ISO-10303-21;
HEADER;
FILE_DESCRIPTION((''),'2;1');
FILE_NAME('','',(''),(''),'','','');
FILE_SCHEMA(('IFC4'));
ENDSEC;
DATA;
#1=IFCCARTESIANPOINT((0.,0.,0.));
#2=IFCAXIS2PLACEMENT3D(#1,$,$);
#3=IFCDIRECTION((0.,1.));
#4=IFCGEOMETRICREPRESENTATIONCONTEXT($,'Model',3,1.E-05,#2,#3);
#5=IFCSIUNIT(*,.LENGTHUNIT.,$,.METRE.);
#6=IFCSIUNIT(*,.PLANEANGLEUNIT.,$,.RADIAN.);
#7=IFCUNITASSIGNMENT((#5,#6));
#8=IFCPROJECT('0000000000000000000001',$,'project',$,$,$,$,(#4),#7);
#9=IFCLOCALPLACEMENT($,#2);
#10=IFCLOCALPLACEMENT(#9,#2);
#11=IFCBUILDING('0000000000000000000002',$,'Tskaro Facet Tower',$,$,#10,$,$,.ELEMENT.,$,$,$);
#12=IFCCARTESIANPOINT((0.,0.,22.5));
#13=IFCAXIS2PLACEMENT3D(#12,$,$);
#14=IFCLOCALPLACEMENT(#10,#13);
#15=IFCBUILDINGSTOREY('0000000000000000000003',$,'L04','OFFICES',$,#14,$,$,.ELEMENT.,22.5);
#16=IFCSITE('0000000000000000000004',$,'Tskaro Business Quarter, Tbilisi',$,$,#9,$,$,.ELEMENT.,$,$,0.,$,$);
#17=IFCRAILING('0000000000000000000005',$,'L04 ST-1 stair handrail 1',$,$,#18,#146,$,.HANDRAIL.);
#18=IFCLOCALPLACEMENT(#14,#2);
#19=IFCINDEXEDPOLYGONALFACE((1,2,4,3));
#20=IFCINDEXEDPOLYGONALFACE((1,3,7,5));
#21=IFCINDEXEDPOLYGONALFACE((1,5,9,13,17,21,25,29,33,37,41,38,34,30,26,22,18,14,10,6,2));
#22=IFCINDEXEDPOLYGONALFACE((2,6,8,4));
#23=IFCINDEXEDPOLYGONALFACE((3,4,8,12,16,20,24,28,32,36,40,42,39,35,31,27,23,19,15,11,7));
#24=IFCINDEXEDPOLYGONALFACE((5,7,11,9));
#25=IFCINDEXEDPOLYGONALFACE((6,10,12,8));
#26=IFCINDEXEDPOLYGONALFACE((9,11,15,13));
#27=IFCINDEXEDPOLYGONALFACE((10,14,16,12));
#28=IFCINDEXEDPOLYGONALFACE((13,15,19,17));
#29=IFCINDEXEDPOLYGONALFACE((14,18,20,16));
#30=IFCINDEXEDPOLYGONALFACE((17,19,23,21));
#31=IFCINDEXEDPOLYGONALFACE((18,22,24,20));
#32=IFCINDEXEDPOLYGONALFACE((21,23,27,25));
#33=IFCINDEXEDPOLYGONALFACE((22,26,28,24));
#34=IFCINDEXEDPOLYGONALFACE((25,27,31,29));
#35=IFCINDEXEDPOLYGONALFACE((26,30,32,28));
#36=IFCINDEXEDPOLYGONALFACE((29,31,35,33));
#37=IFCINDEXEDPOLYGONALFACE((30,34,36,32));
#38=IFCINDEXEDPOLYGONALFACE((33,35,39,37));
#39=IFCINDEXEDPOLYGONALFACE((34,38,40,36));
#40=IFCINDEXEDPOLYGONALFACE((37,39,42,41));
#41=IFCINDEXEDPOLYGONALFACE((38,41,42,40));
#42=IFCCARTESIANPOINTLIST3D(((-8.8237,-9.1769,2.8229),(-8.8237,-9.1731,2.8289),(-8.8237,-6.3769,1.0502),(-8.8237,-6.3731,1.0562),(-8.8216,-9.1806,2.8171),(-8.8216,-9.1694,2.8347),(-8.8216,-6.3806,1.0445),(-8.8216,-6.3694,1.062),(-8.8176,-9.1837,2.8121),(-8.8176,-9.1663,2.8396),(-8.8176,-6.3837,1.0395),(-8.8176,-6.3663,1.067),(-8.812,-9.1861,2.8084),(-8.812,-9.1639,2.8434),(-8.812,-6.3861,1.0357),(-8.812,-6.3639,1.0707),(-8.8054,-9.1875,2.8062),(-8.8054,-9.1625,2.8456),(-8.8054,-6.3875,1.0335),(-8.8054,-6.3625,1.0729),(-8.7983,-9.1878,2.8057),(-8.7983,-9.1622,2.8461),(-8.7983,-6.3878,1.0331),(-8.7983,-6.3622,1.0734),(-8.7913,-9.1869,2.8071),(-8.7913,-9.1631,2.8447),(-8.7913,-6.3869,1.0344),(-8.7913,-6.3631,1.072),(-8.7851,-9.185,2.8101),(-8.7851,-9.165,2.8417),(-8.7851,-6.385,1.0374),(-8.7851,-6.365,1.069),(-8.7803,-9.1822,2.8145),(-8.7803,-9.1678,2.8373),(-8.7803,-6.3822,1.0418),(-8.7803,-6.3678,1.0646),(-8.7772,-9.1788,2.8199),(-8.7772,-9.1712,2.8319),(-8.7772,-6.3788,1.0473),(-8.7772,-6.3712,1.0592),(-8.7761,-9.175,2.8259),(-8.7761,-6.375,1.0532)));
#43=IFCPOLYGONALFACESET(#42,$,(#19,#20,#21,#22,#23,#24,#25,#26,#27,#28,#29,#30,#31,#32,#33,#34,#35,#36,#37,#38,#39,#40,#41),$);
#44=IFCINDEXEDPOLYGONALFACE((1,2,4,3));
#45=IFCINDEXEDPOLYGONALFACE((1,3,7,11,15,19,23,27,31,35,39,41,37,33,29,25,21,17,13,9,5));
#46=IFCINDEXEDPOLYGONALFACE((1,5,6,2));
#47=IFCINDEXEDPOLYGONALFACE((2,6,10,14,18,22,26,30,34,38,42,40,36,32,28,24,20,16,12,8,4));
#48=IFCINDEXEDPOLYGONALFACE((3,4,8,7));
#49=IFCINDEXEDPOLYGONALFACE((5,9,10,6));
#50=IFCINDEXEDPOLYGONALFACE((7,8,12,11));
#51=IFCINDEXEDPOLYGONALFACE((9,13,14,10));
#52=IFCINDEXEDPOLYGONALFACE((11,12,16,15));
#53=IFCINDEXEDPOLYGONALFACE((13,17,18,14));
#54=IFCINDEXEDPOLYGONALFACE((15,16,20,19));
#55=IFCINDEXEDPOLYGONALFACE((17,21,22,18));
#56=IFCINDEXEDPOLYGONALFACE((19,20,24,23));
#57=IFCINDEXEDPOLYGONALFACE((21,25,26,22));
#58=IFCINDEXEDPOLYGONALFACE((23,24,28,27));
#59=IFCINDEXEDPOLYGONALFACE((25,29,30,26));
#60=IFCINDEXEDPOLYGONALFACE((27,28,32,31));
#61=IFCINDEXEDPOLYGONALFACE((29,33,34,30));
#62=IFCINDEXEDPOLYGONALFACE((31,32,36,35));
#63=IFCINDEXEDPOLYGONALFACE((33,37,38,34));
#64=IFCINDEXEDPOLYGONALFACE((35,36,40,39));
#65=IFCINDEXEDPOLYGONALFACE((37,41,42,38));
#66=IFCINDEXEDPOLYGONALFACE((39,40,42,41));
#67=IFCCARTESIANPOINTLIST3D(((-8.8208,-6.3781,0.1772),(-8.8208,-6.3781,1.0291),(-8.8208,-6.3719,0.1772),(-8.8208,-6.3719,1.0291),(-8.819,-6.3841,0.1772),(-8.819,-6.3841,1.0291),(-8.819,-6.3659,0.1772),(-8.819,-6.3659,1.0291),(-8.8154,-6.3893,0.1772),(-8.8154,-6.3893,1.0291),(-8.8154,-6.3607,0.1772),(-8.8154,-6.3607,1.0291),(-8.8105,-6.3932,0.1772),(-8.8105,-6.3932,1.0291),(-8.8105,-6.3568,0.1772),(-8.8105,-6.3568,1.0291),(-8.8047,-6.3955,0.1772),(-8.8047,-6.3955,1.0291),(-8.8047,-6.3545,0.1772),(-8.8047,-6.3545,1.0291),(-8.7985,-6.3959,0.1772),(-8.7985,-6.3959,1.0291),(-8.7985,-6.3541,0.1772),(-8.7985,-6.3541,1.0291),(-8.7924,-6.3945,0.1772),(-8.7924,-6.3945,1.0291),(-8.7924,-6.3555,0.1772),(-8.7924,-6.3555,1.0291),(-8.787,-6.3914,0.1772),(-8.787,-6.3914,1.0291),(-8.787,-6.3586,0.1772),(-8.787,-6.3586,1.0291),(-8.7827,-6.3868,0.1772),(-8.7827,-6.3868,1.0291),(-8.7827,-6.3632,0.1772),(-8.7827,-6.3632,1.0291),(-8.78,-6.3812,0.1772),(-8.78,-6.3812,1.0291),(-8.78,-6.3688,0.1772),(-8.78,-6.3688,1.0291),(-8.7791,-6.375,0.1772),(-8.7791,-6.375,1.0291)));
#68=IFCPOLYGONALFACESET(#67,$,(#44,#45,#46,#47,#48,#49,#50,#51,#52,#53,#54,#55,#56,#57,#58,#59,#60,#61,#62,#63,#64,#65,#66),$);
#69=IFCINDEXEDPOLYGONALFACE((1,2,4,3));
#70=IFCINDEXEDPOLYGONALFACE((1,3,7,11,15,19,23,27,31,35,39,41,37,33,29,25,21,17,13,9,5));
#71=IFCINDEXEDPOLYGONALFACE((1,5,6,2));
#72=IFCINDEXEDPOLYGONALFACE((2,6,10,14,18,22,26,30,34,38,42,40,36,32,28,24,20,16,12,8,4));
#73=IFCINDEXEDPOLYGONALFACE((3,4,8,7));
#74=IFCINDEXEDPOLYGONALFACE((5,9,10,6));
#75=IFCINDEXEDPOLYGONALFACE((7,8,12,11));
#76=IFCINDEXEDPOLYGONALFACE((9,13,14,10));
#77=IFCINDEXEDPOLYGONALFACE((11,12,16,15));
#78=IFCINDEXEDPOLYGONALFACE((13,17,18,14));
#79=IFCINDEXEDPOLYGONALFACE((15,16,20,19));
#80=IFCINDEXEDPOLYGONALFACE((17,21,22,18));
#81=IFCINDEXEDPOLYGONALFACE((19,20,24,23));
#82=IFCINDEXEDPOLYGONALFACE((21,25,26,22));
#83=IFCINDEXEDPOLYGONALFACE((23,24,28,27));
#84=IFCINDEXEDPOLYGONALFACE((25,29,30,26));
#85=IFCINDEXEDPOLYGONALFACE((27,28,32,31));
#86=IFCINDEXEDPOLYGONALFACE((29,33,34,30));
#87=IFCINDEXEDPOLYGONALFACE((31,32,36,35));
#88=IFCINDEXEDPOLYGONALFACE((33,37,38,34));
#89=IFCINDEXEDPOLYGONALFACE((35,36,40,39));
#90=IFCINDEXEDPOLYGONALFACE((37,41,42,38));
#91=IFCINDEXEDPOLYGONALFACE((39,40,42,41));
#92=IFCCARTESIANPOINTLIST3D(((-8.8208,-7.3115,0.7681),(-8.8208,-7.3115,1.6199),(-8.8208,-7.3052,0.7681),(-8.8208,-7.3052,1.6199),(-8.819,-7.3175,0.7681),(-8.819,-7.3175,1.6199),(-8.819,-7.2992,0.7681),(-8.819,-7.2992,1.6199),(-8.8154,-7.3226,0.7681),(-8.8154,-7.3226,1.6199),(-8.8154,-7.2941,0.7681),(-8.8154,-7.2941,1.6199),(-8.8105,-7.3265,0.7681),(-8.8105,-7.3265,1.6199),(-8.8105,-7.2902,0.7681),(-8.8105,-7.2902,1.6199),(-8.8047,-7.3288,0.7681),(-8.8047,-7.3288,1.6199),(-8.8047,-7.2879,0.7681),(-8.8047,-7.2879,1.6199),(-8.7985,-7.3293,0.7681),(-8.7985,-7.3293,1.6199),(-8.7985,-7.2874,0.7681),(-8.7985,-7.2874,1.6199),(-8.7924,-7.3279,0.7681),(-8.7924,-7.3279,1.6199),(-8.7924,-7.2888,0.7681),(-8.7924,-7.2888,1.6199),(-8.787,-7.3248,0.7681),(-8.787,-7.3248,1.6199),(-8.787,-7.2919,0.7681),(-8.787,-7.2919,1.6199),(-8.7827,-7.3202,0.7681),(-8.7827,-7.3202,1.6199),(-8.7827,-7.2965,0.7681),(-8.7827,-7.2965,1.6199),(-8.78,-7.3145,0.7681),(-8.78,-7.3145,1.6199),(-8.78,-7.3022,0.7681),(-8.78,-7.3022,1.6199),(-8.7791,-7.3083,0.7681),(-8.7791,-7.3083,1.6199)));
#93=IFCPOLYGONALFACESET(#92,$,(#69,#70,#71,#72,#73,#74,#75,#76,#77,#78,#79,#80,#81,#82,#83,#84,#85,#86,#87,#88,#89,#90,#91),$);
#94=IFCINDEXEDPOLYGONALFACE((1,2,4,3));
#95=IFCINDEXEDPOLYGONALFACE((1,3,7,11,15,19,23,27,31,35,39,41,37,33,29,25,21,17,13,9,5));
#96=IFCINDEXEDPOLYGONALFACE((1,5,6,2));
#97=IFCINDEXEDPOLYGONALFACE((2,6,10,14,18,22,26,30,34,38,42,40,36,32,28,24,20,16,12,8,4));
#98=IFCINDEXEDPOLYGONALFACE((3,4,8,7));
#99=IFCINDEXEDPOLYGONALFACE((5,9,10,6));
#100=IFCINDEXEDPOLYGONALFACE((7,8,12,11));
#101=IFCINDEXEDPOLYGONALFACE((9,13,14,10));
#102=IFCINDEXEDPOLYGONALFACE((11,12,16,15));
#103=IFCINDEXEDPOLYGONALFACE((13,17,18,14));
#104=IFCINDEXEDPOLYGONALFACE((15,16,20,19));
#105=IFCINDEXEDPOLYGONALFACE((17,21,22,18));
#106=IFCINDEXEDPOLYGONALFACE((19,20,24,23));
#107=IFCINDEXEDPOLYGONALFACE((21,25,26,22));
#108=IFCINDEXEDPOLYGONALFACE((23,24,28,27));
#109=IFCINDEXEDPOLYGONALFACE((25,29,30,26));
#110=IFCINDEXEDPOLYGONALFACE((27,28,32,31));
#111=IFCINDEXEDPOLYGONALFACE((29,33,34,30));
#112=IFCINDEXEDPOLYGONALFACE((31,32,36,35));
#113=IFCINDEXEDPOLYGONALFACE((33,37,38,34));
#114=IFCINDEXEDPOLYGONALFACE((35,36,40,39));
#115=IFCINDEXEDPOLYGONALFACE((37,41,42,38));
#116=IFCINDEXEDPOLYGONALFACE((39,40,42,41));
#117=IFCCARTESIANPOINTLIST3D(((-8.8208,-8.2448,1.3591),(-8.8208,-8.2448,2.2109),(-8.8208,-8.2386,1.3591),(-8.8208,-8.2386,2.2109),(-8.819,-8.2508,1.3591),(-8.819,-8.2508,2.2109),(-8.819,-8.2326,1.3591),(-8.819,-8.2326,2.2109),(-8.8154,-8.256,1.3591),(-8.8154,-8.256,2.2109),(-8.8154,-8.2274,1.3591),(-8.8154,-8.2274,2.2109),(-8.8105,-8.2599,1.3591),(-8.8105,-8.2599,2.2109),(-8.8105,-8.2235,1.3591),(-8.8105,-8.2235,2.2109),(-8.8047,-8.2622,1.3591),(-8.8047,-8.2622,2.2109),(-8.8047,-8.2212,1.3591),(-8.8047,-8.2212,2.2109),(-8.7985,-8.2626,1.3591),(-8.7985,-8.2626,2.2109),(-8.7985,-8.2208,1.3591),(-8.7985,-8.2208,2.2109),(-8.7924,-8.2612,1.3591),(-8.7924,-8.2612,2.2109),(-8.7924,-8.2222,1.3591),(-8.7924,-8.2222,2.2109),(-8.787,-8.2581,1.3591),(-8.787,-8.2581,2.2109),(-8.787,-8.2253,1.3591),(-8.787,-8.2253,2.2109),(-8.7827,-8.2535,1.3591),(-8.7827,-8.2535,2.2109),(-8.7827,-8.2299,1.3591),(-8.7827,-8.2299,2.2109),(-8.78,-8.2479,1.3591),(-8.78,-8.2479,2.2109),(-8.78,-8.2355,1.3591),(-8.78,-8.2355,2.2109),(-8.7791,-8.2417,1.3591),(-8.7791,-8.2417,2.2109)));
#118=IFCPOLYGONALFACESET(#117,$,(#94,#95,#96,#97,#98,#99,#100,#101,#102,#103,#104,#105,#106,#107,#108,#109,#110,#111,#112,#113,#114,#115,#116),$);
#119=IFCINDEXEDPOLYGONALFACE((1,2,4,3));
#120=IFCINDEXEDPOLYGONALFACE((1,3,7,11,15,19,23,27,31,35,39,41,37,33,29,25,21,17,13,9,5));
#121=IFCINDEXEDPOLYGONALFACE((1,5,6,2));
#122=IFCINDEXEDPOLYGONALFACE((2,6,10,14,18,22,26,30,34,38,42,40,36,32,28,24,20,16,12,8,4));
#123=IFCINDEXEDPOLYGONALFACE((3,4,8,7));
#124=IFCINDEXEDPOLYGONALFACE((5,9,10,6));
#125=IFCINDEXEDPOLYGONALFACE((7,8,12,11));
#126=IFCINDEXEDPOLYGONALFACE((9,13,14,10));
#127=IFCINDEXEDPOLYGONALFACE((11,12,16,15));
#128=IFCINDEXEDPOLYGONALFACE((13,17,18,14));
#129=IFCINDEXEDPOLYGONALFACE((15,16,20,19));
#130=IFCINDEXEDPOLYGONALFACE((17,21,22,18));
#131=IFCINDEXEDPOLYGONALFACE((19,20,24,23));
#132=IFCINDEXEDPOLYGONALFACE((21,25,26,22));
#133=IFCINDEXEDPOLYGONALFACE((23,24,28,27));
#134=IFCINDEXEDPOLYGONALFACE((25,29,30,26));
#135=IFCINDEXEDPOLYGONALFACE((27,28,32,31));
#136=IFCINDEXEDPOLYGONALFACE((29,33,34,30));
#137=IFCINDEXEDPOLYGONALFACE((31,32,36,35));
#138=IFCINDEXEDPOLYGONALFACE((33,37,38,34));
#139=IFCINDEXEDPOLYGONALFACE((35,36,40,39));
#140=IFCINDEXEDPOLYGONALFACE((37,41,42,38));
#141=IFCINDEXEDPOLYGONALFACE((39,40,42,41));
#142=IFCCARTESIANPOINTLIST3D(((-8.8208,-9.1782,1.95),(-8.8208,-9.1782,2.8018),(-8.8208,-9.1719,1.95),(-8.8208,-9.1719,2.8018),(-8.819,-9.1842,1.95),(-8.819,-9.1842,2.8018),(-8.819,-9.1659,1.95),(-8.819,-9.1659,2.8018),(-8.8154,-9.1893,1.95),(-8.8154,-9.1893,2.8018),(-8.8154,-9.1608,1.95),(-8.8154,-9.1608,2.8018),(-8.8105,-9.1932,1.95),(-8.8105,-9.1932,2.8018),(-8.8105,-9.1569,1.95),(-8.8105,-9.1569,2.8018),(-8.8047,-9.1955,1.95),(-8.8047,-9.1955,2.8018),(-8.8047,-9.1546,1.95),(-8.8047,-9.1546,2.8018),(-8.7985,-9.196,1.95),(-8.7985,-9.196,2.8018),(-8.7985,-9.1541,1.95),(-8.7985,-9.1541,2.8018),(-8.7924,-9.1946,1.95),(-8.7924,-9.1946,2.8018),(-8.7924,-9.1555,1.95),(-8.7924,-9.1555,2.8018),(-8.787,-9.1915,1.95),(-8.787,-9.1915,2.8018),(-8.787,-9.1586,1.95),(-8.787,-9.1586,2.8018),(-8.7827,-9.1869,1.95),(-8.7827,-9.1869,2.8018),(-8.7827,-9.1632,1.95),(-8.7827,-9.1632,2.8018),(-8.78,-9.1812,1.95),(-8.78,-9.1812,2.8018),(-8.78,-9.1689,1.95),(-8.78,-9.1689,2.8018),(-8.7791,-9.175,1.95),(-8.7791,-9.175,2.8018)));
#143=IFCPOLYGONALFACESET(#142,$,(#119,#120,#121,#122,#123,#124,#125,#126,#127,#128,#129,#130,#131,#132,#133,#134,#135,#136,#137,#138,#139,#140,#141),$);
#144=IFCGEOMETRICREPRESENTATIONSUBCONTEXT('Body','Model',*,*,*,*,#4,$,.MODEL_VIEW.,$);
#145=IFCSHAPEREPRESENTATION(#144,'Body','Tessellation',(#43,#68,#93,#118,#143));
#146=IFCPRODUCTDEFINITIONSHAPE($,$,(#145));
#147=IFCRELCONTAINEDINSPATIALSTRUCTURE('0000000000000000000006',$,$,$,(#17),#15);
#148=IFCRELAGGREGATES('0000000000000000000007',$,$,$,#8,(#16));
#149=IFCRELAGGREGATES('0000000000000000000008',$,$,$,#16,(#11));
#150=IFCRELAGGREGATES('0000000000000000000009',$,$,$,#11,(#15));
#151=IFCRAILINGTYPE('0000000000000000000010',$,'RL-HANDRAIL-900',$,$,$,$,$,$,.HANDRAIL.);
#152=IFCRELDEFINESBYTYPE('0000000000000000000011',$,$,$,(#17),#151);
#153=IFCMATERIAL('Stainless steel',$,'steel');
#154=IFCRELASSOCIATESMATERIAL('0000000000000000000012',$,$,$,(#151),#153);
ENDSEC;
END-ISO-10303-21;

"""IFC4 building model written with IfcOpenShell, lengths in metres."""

from ifc_helpers import new_model, si_unit, direction, frame, origin, origin_2d, place, context, subcontext, project, spatial, circle, extrude, material, type_object, element, save


model = new_model("IFC4")

# Units and contexts
model_context = context("Model", 3, precision=1e-05, world=origin(), true_north=direction((0.0, 1.0)))
body_context = subcontext(model_context, "Body", "Model", "MODEL_VIEW")
ifc_project = project(units=[si_unit("LENGTHUNIT", "METRE"), si_unit("PLANEANGLEUNIT", "RADIAN")], contexts=[model_context])

# Site, building, storey
site_placement = place(None, origin())
site = spatial("IfcSite", under=ifc_project, at=site_placement, Name="Tskaro Business Quarter, Tbilisi", CompositionType="ELEMENT", RefElevation=0.0)
building_placement = place(site_placement, origin())
building = spatial("IfcBuilding", under=site, at=building_placement, Name="Tskaro Facet Tower", CompositionType="ELEMENT")
storey_placement = place(building_placement, frame((0.0, 0.0, 22.5)))
storey = spatial("IfcBuildingStorey", under=building, at=storey_placement, Name="L04", Description="OFFICES", CompositionType="ELEMENT", Elevation=22.5)

# Railing
ifc_material_1 = material(Name="Stainless steel", Category="steel")
railing_type = type_object("IfcRailingType", Name="RL-HANDRAIL-900", PredefinedType="HANDRAIL", material=ifc_material_1)
railing_placement = place(storey_placement, frame((-8.8, -6.375, 0.1772)))
element("IfcRailing", 1, at=railing_placement, inside=storey, type_object=railing_type, Name="L04 ST-1 stair handrail 1", PredefinedType="HANDRAIL", context=body_context, shape_type="SweptSolid", body=[
    extrude(circle(Radius=0.0239, at=origin_2d()), frame((0.0, 0.0, 0.876), z_axis=(0.0, -0.844909, 0.53491), x_axis=(1.0, 0.0, 0.0)), (0.0, 0.0, 1.0), 3.314),
    extrude(circle(Radius=0.021, at=origin_2d()), origin(), (0.0, 0.0, 1.0), 0.8518),
    extrude(circle(Radius=0.021, at=origin_2d()), frame((0.0, -0.9333, 0.5908)), (0.0, 0.0, 1.0), 0.8518),
    extrude(circle(Radius=0.021, at=origin_2d()), frame((0.0, -1.8667, 1.1819)), (0.0, 0.0, 1.0), 0.8518),
    extrude(circle(Radius=0.021, at=origin_2d()), frame((0.0, -2.8, 1.7727)), (0.0, 0.0, 1.0), 0.8518),
])

save(model, "model.ifc")
